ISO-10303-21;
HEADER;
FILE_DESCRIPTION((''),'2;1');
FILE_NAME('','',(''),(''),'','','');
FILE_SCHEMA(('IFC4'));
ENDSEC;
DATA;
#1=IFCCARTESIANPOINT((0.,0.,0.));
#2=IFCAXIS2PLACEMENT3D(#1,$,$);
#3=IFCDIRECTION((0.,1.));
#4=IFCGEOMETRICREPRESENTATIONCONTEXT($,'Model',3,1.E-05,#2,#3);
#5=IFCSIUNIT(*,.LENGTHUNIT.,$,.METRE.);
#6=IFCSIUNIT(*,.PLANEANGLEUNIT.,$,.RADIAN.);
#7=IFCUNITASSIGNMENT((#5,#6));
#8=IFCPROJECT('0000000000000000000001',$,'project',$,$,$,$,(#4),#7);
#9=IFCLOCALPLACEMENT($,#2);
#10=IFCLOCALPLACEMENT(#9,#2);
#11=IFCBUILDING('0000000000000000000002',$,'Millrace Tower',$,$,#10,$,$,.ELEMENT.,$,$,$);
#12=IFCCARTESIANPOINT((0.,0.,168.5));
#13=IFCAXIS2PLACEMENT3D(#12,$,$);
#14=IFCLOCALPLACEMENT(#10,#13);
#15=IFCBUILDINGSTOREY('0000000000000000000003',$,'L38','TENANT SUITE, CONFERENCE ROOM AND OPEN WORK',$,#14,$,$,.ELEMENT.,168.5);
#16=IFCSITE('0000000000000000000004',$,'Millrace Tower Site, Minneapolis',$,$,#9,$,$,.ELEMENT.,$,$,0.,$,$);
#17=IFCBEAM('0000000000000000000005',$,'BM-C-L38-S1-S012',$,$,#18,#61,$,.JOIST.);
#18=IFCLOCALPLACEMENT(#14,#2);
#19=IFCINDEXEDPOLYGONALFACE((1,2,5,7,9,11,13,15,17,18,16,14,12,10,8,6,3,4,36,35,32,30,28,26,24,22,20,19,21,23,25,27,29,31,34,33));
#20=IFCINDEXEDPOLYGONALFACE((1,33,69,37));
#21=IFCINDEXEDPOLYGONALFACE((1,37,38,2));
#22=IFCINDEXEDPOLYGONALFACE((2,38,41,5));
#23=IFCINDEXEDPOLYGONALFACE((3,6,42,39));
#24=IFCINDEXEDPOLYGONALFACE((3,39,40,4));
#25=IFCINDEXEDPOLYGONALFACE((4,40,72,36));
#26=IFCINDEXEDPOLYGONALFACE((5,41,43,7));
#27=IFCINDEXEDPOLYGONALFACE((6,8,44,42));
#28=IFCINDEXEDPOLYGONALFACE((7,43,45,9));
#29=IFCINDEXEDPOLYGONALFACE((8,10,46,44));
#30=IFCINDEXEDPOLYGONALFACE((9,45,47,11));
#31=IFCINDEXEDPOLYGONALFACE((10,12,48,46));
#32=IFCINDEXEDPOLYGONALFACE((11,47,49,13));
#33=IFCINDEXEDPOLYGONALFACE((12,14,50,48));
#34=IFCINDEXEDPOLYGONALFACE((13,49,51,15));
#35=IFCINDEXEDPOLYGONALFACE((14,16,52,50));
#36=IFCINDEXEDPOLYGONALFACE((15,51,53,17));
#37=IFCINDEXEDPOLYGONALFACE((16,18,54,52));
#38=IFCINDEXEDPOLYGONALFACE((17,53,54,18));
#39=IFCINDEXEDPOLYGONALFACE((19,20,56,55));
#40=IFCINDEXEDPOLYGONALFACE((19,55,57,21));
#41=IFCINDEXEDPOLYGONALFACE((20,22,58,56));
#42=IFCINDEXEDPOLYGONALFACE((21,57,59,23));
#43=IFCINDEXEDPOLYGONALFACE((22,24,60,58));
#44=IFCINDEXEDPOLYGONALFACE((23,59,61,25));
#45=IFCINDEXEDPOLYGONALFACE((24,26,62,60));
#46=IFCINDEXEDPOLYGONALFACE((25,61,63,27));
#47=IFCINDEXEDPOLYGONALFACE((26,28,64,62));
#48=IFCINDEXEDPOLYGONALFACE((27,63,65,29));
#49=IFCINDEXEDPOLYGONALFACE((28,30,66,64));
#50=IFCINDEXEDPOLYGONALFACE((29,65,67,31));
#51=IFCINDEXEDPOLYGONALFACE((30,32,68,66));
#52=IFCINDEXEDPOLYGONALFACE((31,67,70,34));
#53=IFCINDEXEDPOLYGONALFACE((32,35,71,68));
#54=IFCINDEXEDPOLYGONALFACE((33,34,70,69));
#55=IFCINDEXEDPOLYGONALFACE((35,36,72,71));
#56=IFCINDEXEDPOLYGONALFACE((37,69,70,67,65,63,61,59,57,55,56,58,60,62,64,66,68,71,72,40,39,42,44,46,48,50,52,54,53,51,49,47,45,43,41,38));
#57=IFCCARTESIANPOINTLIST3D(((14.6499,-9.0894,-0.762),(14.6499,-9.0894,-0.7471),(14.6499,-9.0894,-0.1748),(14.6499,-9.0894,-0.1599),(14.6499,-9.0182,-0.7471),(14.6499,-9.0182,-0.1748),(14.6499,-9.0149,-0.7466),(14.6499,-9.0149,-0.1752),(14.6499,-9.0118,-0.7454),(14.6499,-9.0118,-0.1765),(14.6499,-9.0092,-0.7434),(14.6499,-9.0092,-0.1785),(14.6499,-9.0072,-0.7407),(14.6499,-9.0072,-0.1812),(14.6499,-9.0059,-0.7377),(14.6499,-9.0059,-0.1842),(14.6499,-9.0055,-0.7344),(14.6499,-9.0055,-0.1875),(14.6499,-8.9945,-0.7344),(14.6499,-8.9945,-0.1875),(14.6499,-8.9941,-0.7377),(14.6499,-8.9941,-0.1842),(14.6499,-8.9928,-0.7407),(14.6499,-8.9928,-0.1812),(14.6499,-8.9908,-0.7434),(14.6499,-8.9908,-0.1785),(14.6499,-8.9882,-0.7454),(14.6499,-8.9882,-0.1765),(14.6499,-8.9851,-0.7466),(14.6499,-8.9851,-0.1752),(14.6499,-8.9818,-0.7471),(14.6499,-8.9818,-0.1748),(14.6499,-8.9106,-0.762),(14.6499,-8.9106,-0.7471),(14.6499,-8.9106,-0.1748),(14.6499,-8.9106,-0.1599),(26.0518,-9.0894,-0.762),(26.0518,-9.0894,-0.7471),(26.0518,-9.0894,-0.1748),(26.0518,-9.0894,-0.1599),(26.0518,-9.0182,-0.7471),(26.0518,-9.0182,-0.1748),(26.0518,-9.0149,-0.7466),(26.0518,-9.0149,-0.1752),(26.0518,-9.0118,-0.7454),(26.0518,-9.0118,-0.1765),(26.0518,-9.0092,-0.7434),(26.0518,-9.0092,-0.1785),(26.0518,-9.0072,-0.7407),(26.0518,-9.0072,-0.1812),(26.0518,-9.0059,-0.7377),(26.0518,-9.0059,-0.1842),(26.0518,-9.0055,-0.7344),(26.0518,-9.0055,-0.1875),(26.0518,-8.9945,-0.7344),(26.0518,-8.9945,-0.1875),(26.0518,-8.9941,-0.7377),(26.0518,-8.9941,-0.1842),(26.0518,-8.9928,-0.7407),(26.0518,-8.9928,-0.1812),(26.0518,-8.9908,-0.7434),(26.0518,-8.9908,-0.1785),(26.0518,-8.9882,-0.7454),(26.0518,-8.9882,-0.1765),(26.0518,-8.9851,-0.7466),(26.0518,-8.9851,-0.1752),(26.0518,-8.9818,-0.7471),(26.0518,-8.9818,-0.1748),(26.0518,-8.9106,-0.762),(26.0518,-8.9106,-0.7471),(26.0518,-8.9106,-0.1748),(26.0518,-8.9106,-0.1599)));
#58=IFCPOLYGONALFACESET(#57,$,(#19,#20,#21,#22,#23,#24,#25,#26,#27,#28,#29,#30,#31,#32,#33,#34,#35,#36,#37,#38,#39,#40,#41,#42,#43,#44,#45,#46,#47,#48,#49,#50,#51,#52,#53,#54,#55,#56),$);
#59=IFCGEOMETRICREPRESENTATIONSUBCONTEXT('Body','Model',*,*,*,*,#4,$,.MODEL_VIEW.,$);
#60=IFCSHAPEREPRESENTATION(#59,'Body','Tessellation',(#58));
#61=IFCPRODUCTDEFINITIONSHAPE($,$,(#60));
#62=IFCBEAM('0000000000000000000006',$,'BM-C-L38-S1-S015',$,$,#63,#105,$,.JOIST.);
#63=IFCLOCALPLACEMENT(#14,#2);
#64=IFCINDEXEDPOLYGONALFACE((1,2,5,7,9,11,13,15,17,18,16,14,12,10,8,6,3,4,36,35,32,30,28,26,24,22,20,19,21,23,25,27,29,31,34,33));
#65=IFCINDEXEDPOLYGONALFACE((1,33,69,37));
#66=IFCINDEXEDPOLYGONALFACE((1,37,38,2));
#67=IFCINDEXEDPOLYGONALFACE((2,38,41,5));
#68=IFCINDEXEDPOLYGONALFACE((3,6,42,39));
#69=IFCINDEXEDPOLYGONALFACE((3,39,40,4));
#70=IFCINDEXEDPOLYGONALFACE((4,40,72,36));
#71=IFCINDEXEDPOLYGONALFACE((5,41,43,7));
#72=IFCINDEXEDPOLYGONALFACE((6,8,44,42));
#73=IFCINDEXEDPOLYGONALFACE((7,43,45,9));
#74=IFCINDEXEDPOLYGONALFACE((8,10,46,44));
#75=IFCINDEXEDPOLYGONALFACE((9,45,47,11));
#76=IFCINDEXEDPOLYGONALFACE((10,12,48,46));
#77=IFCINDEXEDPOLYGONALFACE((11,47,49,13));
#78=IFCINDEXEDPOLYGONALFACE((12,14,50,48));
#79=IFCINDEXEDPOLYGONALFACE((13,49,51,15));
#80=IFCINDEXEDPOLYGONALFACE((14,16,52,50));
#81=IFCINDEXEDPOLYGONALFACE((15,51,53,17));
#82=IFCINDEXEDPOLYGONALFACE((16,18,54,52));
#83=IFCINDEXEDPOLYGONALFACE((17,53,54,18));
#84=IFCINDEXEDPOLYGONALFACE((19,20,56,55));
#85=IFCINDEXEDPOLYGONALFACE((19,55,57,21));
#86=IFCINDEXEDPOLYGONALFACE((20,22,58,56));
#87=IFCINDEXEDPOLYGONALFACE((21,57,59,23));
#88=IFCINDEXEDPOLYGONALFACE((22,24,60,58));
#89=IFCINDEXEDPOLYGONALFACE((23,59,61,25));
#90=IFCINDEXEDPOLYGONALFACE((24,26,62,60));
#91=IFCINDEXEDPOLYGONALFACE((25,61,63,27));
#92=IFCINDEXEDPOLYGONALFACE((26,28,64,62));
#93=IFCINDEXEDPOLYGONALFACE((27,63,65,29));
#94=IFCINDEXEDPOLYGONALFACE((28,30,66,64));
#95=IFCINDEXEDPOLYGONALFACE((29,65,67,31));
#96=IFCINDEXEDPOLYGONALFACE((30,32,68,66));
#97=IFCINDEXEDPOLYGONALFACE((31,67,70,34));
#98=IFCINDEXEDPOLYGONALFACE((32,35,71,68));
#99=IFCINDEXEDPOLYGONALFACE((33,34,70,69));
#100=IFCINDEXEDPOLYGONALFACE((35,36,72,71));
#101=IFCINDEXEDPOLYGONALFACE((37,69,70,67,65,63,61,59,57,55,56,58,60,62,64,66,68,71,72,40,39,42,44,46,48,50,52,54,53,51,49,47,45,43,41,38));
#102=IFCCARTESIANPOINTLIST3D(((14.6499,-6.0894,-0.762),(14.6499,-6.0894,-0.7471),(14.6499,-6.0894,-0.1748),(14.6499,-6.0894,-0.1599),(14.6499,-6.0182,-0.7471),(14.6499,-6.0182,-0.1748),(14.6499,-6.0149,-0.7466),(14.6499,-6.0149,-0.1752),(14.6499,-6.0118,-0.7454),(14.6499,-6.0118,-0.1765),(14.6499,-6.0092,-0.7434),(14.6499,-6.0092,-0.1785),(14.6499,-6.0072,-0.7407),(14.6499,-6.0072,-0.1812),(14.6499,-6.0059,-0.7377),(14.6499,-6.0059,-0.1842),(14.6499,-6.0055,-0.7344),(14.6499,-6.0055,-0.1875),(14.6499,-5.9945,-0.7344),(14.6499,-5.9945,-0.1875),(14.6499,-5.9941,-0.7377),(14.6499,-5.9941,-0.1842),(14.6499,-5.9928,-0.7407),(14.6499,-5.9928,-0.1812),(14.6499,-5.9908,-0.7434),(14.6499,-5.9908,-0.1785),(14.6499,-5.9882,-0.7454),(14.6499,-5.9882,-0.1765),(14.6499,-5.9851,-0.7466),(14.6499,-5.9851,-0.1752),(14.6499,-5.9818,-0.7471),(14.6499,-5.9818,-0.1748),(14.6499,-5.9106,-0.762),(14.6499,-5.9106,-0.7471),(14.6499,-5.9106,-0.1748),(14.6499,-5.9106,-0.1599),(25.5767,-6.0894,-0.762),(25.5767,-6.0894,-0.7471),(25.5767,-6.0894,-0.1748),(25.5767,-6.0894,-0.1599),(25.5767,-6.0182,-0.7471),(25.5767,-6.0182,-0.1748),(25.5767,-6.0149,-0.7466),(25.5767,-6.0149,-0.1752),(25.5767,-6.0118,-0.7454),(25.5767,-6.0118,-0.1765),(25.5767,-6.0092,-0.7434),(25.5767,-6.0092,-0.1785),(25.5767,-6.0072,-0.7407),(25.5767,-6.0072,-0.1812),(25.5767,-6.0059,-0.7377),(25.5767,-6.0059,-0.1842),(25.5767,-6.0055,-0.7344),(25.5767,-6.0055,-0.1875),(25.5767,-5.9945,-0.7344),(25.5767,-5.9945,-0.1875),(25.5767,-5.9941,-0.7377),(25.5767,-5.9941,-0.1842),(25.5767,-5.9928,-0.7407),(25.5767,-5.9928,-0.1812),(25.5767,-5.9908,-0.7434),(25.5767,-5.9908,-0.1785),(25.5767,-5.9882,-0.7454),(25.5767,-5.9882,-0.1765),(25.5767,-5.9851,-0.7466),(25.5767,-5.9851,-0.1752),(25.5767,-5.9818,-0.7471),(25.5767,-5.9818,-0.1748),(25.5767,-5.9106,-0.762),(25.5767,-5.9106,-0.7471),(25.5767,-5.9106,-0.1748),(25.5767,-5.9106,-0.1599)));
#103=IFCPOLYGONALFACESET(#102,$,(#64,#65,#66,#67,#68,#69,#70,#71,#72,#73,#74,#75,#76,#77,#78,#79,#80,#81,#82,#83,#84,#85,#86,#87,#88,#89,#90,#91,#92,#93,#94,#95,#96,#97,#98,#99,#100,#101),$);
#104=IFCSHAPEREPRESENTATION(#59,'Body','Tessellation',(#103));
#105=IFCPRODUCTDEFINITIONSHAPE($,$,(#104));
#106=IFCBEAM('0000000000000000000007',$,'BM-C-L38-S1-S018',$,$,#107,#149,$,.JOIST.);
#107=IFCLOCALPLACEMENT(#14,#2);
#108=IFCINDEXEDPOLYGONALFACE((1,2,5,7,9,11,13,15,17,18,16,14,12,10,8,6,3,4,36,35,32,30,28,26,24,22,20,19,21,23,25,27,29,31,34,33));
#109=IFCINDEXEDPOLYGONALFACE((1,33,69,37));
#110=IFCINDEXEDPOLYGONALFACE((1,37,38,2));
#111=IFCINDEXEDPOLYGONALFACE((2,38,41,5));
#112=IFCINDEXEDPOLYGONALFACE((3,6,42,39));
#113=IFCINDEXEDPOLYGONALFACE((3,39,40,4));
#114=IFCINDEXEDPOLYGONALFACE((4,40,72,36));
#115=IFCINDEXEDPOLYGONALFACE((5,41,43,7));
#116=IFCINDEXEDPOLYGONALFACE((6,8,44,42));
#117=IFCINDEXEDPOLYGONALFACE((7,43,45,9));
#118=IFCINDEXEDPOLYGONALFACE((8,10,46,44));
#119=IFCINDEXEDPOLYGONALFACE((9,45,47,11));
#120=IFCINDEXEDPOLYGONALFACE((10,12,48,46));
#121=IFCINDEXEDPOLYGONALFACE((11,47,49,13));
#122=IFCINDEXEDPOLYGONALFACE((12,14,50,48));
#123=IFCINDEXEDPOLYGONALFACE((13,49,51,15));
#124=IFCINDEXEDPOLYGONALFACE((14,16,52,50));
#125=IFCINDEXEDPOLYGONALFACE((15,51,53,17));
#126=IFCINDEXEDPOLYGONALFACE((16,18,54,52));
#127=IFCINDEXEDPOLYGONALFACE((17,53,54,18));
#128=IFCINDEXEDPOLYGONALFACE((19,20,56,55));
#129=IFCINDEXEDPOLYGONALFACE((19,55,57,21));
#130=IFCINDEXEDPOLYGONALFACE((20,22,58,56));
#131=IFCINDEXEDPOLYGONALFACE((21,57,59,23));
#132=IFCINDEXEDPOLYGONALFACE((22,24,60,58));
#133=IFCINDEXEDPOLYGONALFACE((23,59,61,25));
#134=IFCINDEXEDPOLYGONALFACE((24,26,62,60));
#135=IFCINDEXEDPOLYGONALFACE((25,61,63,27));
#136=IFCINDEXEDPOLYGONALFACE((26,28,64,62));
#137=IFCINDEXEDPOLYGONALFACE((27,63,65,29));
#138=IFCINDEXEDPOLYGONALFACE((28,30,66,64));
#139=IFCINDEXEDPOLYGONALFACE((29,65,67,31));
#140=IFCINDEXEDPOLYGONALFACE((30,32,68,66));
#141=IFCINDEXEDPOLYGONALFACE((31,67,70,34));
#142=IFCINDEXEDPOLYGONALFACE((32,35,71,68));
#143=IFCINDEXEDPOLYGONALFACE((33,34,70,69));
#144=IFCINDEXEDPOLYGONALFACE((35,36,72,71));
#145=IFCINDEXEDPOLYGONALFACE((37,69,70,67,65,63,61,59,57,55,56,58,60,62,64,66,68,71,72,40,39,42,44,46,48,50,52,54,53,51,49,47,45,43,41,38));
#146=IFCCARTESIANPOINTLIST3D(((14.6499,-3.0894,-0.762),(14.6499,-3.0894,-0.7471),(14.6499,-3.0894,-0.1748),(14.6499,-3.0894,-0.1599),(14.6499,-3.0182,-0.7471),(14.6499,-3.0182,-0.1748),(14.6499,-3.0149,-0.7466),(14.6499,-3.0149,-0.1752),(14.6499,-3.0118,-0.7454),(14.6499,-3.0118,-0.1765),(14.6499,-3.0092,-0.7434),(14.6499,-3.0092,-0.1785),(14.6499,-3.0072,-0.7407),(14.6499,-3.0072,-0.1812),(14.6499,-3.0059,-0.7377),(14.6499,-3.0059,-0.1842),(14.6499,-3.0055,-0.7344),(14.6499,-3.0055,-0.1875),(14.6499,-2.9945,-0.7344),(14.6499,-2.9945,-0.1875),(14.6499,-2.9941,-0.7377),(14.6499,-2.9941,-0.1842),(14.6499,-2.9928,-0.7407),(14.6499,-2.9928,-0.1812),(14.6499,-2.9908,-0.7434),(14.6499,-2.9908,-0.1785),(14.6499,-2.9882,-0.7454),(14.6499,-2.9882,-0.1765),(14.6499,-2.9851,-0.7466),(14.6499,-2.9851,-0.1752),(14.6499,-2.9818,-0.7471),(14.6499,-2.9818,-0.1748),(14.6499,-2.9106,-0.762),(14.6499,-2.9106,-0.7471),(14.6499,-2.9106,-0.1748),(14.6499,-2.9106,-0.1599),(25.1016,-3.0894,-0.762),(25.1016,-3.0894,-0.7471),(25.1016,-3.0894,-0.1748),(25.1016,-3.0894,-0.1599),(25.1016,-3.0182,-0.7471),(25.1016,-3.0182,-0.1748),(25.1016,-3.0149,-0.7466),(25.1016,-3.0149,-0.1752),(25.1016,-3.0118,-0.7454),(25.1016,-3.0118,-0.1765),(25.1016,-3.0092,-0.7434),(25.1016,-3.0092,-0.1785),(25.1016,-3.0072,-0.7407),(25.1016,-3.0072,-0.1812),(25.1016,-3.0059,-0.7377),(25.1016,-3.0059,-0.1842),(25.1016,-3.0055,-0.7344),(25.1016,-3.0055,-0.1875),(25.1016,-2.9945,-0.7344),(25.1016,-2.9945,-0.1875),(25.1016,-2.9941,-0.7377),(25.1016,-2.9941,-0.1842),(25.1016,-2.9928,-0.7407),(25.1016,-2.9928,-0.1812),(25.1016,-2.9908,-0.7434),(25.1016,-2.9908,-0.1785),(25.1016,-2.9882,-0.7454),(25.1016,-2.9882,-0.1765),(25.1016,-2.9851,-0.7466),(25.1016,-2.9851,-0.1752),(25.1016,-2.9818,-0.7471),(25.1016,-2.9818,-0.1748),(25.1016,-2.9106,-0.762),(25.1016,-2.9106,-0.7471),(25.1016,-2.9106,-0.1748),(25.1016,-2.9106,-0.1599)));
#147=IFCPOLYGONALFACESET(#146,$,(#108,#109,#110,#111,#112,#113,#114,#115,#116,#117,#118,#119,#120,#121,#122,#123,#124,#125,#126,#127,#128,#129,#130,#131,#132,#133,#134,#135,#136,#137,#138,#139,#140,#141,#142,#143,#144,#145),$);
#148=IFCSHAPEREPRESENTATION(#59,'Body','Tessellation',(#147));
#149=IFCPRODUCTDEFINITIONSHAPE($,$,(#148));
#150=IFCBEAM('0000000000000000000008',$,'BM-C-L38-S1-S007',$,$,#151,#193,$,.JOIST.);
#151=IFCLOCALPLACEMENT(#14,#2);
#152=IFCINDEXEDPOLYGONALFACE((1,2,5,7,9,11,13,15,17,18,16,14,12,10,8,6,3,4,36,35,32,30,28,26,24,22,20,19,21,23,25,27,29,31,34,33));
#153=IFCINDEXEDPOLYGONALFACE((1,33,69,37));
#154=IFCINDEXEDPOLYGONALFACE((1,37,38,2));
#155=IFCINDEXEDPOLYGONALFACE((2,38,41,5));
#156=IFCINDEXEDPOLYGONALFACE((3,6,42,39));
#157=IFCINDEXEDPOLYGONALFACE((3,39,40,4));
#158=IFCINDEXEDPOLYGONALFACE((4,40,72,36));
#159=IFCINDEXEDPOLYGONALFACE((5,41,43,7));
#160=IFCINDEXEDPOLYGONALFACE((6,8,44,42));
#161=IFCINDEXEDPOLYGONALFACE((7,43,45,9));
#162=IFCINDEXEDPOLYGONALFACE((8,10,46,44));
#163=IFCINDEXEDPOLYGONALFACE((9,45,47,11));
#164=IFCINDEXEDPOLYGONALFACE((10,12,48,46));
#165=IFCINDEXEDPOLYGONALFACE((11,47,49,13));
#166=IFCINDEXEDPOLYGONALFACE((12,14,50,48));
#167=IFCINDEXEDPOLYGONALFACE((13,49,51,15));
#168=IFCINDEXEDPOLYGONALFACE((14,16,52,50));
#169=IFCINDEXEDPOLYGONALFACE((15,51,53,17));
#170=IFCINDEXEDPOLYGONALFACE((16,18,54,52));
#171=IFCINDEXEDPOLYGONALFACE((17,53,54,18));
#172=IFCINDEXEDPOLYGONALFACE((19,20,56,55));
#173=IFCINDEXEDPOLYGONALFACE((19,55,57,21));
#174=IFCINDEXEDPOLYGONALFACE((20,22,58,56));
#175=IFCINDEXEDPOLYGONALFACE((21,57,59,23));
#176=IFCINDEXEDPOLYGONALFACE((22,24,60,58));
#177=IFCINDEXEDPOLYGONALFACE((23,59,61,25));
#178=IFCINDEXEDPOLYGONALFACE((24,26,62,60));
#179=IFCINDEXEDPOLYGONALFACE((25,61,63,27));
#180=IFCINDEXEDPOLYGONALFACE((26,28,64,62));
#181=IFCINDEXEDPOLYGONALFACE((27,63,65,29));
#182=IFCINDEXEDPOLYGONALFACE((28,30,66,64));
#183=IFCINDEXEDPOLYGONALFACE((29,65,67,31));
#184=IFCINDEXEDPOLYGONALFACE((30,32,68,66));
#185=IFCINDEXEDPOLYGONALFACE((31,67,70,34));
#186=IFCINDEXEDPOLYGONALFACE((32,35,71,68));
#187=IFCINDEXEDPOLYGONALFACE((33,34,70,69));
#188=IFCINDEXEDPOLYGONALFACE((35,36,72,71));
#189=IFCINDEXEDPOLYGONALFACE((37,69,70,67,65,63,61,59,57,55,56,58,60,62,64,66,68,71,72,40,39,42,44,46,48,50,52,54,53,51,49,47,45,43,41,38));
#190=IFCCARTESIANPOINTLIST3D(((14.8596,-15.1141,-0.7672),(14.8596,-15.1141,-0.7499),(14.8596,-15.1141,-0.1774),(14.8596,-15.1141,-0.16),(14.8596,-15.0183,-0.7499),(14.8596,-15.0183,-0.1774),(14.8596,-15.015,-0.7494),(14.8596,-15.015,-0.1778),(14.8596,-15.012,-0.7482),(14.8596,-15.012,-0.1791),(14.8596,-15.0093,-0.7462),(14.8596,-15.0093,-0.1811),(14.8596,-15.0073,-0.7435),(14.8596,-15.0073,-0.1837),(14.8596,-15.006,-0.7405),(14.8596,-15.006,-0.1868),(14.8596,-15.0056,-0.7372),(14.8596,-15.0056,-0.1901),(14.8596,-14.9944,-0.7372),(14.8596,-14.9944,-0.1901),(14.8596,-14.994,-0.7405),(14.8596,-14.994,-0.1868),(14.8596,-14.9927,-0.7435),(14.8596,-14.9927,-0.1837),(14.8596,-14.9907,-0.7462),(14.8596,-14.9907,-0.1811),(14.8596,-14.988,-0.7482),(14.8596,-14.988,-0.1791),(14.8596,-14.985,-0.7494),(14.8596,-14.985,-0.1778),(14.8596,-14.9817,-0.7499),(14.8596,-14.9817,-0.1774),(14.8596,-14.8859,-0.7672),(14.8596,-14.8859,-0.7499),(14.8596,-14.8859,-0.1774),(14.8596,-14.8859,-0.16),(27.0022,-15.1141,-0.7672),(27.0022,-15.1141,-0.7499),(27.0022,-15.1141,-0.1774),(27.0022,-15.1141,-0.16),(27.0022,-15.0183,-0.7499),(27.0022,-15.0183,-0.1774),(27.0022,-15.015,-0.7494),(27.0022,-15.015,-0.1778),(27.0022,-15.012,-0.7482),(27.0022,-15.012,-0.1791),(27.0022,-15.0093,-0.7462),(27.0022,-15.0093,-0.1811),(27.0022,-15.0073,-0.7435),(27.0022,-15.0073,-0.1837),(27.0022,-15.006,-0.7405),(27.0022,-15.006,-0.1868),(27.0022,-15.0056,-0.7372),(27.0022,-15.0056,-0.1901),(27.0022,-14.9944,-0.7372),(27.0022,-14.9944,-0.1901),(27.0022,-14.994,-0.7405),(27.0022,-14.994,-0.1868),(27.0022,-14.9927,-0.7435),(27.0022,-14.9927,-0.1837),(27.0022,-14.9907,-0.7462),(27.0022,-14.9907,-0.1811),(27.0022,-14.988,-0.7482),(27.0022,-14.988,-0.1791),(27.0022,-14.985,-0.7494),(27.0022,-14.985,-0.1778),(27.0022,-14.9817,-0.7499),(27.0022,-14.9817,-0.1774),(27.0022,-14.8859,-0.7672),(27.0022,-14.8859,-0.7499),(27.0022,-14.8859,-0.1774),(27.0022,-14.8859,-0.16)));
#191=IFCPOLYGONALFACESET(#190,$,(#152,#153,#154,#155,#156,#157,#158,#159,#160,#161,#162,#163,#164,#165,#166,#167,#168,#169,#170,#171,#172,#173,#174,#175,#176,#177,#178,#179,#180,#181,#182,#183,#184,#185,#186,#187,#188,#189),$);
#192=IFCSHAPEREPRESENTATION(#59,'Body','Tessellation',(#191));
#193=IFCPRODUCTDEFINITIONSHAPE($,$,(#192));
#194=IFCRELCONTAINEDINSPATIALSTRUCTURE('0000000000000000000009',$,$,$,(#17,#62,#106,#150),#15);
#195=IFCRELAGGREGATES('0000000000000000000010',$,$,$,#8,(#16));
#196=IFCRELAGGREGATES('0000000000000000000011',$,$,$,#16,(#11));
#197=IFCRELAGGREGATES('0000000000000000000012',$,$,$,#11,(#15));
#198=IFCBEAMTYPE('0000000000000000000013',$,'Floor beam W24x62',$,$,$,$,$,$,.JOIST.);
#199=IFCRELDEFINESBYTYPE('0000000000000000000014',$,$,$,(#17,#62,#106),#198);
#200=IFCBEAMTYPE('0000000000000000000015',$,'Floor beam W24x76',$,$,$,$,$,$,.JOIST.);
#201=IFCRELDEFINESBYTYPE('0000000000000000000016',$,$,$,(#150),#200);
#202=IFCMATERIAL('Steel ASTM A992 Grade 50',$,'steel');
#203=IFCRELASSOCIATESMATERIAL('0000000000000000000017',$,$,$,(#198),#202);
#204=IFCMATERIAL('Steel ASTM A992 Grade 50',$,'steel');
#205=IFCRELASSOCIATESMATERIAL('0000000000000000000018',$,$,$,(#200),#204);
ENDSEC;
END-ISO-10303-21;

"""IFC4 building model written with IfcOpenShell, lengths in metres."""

from ifc_helpers import new_model, si_unit, direction, frame, origin, origin_2d, place, context, subcontext, project, spatial, i_section, extrude, material, material_profile, profile_set, type_object, element, save


model = new_model("IFC4")

# Units and contexts
model_context = context("Model", 3, precision=1e-05, world=origin(), true_north=direction((0.0, 1.0)))
body_context = subcontext(model_context, "Body", "Model", "MODEL_VIEW")
ifc_project = project(units=[si_unit("LENGTHUNIT", "METRE"), si_unit("PLANEANGLEUNIT", "RADIAN")], contexts=[model_context])

# Site, building, storey
site_placement = place(None, origin())
site = spatial("IfcSite", under=ifc_project, at=site_placement, Name="Millrace Tower Site, Minneapolis", CompositionType="ELEMENT", RefElevation=0.0)
building_placement = place(site_placement, origin())
building = spatial("IfcBuilding", under=site, at=building_placement, Name="Millrace Tower", CompositionType="ELEMENT")
storey_placement = place(building_placement, frame((0.0, 0.0, 168.5)))
storey = spatial("IfcBuildingStorey", under=building, at=storey_placement, Name="L38", Description="TENANT SUITE, CONFERENCE ROOM AND OPEN WORK", CompositionType="ELEMENT", Elevation=168.5)

# Beams
ifc_material_1 = material(Name="Steel ASTM A992 Grade 50", Category="steel")
ifc_material_profile_1 = material_profile(ifc_material_1, i_section(OverallWidth=0.1787, OverallDepth=0.6021, WebThickness=0.011, FlangeThickness=0.0149, FilletRadius=0.0127, at=origin_2d()))
ifc_profile_set_1 = profile_set([ifc_material_profile_1], Name="Steel ASTM A992 Grade 50")
beam_type_1 = type_object("IfcBeamType", Name="Floor beam W24x62", PredefinedType="JOIST", material=ifc_profile_set_1)
beam_1_placement = place(storey_placement, frame((14.6499, -9.0, -0.4609), z_axis=(1.0, 0.0, 0.0), x_axis=(0.0, 1.0, 0.0)))
element("IfcBeam", 1, at=beam_1_placement, inside=storey, type_object=beam_type_1, Name="BM-C-L38-S1-S012", PredefinedType="JOIST", context=body_context, shape_type="SweptSolid", body=[
    extrude(i_section(OverallWidth=0.1787, OverallDepth=0.6021, WebThickness=0.011, FlangeThickness=0.0149, FilletRadius=0.0127, at=origin_2d()), origin(), (0.0, 0.0, 1.0), 11.4019),
])
beam_2_placement = place(storey_placement, frame((14.6499, -6.0, -0.4609), z_axis=(1.0, 0.0, 0.0), x_axis=(0.0, 1.0, 0.0)))
element("IfcBeam", 2, at=beam_2_placement, inside=storey, type_object=beam_type_1, Name="BM-C-L38-S1-S015", PredefinedType="JOIST", context=body_context, shape_type="SweptSolid", body=[
    extrude(i_section(OverallWidth=0.1787, OverallDepth=0.6021, WebThickness=0.011, FlangeThickness=0.0149, FilletRadius=0.0127, at=origin_2d()), origin(), (0.0, 0.0, 1.0), 10.9268),
])
beam_3_placement = place(storey_placement, frame((14.6499, -3.0, -0.4609), z_axis=(1.0, 0.0, 0.0), x_axis=(0.0, 1.0, 0.0)))
element("IfcBeam", 3, at=beam_3_placement, inside=storey, type_object=beam_type_1, Name="BM-C-L38-S1-S018", PredefinedType="JOIST", context=body_context, shape_type="SweptSolid", body=[
    extrude(i_section(OverallWidth=0.1787, OverallDepth=0.6021, WebThickness=0.011, FlangeThickness=0.0149, FilletRadius=0.0127, at=origin_2d()), origin(), (0.0, 0.0, 1.0), 10.4517),
])
ifc_material_2 = material(Name="Steel ASTM A992 Grade 50", Category="steel")
ifc_material_profile_2 = material_profile(ifc_material_2, i_section(OverallWidth=0.2283, OverallDepth=0.6072, WebThickness=0.0112, FlangeThickness=0.0173, FilletRadius=0.0127, at=origin_2d()))
ifc_profile_set_2 = profile_set([ifc_material_profile_2], Name="Steel ASTM A992 Grade 50")
beam_type_2 = type_object("IfcBeamType", Name="Floor beam W24x76", PredefinedType="JOIST", material=ifc_profile_set_2)
beam_4_placement = place(storey_placement, frame((14.8596, -15.0, -0.4636), z_axis=(1.0, 0.0, 0.0), x_axis=(0.0, 1.0, 0.0)))
element("IfcBeam", 4, at=beam_4_placement, inside=storey, type_object=beam_type_2, Name="BM-C-L38-S1-S007", PredefinedType="JOIST", context=body_context, shape_type="SweptSolid", body=[
    extrude(i_section(OverallWidth=0.2283, OverallDepth=0.6072, WebThickness=0.0112, FlangeThickness=0.0173, FilletRadius=0.0127, at=origin_2d()), origin(), (0.0, 0.0, 1.0), 12.1426),
])

save(model, "model.ifc")
